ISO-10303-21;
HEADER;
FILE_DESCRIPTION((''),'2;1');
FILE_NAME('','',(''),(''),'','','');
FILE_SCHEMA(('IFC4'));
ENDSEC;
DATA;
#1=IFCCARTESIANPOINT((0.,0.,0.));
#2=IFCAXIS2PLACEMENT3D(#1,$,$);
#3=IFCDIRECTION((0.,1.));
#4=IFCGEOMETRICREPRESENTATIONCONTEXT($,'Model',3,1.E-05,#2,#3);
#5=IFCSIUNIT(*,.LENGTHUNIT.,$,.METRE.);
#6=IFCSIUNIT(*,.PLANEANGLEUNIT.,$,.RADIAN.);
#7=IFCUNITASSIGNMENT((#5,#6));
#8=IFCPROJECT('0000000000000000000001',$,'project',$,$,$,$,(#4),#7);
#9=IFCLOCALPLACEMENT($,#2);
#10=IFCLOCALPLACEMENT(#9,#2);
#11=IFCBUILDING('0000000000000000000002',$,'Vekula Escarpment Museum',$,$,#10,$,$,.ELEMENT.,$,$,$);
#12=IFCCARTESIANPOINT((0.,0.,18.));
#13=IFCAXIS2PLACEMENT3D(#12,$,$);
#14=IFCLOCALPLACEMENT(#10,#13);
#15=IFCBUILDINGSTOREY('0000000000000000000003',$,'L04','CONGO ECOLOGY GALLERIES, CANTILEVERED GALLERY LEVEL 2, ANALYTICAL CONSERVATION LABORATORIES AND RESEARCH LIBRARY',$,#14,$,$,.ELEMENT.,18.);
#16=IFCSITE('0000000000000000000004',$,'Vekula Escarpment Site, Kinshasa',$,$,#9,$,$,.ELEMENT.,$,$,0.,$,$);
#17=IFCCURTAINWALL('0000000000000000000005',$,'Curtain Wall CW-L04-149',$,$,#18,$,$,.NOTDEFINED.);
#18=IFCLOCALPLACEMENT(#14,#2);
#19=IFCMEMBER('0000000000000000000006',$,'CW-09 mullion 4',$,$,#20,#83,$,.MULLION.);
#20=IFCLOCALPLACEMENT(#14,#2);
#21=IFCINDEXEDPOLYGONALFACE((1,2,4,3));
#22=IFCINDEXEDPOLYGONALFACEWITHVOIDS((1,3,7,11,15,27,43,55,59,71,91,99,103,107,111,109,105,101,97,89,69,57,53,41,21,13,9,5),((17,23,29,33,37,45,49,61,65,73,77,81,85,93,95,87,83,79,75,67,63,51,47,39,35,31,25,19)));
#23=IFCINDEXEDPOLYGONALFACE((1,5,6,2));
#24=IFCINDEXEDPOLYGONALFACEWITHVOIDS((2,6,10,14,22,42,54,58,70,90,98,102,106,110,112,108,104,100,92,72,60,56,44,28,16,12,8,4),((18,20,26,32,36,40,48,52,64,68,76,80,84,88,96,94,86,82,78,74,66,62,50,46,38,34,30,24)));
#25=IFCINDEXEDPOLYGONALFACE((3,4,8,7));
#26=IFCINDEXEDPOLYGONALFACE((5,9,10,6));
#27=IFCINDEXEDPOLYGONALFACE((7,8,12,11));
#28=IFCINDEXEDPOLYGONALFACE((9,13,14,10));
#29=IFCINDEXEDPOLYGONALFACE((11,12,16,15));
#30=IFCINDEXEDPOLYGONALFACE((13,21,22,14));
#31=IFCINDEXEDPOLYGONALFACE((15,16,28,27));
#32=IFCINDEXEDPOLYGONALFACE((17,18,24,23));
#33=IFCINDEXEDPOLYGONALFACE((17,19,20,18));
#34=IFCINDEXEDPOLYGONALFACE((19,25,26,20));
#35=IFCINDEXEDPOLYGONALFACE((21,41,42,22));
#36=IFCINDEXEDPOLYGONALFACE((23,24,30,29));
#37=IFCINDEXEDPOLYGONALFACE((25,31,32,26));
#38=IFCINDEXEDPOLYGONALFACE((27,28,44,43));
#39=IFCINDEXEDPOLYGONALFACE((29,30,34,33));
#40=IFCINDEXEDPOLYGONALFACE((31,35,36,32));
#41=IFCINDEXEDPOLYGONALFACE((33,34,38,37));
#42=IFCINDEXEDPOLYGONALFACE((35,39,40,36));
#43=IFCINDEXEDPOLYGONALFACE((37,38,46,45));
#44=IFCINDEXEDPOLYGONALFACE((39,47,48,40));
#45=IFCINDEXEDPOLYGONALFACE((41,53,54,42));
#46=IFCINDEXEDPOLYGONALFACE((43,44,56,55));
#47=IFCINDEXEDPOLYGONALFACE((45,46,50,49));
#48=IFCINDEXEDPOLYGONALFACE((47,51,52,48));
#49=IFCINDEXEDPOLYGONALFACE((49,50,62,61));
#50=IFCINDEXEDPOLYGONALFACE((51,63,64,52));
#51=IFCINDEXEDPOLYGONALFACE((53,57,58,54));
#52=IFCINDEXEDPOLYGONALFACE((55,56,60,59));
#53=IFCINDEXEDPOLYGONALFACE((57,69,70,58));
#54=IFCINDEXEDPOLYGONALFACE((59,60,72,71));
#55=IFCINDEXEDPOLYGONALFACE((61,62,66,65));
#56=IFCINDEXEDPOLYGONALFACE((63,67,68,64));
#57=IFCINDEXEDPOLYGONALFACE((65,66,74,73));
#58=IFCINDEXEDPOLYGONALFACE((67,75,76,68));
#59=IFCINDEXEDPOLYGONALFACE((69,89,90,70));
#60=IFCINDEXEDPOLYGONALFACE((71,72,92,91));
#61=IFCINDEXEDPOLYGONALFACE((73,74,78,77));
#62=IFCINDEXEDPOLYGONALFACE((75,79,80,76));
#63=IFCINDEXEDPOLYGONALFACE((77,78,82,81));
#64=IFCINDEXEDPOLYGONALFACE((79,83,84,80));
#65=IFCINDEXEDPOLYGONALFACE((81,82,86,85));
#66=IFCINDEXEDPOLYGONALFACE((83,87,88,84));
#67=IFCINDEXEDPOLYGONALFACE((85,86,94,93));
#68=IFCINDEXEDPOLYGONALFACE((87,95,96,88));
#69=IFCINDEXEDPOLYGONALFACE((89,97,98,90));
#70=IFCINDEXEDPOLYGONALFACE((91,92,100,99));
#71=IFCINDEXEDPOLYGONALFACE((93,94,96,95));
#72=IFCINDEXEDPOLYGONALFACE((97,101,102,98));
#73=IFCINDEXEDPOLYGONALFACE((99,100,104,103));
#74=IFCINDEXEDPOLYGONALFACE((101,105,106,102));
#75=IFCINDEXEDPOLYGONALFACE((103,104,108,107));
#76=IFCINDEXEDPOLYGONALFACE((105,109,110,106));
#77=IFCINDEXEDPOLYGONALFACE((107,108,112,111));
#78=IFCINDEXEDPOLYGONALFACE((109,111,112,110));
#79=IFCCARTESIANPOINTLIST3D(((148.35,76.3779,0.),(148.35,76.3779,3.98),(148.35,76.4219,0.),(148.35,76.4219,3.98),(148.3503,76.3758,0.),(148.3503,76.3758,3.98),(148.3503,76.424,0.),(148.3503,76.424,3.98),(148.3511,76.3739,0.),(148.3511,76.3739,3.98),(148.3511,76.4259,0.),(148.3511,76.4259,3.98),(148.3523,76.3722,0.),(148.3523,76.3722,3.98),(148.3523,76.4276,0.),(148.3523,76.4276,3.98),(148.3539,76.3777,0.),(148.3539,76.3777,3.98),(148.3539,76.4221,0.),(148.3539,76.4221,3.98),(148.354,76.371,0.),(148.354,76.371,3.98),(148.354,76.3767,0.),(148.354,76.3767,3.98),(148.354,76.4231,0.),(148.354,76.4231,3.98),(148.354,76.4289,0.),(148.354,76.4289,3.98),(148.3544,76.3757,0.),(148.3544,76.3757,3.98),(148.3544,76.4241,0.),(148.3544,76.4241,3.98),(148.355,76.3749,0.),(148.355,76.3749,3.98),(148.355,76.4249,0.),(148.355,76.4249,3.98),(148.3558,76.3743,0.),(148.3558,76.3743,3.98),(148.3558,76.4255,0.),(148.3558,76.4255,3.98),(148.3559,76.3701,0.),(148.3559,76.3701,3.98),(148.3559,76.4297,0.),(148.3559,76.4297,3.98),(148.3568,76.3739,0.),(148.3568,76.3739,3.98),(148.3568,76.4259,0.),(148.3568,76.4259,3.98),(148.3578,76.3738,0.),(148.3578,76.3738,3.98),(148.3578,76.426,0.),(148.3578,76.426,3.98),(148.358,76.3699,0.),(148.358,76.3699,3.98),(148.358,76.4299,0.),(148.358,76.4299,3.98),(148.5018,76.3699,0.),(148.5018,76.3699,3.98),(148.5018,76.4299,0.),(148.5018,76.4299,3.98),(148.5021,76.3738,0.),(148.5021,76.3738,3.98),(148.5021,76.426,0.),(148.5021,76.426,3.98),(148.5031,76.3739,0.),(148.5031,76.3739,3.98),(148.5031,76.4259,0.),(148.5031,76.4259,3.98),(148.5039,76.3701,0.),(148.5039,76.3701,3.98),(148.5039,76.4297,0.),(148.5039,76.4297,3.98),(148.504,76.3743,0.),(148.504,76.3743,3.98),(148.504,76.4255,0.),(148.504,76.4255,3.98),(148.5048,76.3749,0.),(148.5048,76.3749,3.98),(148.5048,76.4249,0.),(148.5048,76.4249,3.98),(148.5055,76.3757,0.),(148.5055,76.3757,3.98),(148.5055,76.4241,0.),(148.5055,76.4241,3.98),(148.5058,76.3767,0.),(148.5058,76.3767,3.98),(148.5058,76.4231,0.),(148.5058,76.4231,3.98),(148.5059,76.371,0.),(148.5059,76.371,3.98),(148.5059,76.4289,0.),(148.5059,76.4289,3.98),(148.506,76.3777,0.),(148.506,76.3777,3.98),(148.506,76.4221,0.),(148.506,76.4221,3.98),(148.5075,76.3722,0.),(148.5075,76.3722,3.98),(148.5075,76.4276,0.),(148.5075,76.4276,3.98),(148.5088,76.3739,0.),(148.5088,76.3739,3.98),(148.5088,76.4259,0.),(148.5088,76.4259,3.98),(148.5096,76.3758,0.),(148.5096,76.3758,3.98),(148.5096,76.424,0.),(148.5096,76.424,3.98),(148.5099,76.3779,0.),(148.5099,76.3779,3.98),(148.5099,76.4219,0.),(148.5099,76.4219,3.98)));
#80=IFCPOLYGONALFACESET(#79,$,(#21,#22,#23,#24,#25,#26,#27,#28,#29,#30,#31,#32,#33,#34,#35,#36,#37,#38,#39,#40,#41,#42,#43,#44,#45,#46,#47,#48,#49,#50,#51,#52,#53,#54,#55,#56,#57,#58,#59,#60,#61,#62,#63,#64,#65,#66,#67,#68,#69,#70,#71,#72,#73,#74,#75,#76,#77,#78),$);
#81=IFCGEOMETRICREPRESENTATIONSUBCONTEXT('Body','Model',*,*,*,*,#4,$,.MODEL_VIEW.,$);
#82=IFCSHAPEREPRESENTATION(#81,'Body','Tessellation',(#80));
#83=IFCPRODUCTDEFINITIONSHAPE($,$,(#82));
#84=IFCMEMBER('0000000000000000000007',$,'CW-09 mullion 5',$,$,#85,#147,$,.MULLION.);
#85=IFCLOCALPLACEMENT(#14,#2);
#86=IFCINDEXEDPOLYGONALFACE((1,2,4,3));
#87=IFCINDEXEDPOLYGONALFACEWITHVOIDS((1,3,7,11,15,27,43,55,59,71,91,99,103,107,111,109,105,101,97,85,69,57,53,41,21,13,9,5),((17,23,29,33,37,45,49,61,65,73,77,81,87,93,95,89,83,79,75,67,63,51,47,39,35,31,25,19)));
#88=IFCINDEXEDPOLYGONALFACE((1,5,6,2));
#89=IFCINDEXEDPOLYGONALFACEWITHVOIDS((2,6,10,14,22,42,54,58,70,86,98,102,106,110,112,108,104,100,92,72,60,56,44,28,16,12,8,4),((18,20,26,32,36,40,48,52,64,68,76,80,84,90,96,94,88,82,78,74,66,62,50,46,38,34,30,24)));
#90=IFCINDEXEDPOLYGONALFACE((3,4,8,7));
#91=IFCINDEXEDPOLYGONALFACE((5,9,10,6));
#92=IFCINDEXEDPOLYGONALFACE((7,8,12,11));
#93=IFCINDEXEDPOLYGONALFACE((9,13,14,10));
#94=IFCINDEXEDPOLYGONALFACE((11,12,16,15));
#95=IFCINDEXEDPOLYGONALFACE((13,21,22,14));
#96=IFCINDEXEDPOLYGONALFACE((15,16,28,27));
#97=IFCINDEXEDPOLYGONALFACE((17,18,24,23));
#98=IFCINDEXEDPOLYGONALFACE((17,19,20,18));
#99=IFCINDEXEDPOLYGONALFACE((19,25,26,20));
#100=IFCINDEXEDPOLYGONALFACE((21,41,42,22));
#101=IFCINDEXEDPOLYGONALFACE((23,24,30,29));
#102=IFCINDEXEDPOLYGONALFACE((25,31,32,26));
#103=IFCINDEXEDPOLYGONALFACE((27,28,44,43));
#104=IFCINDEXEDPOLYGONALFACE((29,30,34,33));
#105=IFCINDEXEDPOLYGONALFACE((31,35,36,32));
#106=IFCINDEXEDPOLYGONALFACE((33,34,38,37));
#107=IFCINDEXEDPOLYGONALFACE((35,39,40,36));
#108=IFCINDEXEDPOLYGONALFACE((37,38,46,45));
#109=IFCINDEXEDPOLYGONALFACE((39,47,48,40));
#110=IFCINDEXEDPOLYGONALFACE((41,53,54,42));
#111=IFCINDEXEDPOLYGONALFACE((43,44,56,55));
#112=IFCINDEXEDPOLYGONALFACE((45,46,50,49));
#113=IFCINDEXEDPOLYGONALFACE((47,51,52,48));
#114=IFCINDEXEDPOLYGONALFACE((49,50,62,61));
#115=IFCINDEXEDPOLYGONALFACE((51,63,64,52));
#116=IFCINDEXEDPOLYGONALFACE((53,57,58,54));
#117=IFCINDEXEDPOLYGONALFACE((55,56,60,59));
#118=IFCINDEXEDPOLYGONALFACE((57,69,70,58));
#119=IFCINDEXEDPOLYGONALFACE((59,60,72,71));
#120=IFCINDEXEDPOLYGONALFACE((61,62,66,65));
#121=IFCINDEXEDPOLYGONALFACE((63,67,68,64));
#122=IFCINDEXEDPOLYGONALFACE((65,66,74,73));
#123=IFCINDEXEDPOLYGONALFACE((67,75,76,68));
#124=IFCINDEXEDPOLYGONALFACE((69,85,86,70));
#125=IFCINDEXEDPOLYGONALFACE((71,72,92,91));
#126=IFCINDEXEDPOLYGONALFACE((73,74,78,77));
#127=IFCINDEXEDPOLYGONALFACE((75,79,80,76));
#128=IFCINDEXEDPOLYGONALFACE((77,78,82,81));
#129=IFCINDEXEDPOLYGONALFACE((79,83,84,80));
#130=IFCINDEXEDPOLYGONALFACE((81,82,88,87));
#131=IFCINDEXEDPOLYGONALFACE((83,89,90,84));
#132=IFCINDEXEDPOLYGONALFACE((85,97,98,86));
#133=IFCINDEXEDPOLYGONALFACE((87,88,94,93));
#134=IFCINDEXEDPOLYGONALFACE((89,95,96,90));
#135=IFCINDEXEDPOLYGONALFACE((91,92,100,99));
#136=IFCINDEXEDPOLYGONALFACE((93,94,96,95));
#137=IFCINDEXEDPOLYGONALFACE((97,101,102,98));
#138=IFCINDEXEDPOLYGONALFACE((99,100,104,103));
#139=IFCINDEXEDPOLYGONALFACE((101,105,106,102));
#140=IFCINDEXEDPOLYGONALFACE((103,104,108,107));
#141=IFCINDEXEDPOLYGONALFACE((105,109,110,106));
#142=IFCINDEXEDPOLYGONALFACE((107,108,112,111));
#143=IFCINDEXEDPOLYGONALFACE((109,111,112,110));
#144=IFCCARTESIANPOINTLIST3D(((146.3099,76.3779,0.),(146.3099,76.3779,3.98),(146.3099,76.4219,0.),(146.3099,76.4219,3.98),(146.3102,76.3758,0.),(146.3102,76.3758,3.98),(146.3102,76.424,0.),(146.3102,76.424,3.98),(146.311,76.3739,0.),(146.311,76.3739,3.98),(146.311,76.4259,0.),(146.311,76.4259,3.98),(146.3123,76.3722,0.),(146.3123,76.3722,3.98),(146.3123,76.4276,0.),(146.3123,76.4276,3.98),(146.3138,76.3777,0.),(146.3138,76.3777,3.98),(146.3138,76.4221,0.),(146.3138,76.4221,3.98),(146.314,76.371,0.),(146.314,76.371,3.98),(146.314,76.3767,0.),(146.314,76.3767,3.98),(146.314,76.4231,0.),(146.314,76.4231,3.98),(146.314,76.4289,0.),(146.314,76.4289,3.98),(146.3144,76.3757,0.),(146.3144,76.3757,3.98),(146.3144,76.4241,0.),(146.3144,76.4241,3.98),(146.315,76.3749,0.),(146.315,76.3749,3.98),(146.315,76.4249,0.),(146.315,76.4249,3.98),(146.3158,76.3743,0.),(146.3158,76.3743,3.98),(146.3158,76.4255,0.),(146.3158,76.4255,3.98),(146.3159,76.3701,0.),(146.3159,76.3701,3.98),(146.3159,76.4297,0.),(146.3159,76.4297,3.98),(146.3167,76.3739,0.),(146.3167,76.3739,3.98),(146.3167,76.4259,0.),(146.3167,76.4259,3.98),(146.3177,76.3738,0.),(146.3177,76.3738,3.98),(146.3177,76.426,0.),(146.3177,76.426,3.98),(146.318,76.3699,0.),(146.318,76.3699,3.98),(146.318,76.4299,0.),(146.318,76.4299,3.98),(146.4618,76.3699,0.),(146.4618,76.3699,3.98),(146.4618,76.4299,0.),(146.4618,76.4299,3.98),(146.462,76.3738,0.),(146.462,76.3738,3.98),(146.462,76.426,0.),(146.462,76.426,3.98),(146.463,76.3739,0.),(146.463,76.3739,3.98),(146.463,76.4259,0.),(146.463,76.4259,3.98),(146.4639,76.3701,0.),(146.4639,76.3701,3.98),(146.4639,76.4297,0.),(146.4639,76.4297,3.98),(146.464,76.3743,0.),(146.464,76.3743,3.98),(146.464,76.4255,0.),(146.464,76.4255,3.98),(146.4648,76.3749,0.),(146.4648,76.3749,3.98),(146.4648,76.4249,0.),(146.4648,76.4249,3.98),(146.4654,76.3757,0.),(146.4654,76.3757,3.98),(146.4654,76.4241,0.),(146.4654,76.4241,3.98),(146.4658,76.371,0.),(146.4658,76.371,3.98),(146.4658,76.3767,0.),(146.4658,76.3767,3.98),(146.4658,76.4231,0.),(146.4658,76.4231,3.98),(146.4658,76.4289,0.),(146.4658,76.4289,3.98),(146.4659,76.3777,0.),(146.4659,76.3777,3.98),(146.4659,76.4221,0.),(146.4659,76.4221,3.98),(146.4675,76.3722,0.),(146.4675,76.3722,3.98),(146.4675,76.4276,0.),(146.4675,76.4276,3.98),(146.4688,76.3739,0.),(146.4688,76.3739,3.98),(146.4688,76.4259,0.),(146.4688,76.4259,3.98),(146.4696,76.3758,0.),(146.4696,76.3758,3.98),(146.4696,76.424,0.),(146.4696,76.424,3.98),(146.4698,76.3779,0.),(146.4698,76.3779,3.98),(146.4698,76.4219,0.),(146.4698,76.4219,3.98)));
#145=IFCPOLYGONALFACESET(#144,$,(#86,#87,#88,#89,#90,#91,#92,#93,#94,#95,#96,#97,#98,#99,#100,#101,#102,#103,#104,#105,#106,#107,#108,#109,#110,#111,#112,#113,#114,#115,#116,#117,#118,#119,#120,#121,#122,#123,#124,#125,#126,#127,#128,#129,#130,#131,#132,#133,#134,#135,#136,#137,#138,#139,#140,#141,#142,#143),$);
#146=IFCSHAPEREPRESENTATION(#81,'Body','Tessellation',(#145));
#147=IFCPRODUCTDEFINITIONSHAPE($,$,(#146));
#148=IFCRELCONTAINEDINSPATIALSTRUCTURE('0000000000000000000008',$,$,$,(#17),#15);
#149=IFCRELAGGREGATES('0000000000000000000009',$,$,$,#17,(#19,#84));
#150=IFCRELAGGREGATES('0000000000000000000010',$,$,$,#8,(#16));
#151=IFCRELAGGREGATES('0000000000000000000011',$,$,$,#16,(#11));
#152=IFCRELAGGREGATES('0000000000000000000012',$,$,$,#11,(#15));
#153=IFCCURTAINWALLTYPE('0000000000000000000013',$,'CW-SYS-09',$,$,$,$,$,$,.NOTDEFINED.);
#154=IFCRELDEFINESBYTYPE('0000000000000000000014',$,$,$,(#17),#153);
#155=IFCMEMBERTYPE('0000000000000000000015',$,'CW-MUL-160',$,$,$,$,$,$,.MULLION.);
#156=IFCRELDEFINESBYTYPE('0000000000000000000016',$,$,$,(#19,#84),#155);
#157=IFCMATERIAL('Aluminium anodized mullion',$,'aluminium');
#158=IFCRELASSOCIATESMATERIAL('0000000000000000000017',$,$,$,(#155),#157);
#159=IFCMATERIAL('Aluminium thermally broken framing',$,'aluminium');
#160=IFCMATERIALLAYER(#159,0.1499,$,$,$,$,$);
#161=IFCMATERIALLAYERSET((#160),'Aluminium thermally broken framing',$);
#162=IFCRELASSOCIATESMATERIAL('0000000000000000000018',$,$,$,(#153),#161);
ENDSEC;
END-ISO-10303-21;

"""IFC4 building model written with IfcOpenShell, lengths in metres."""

from ifc_helpers import new_model, si_unit, direction, frame, origin, origin_2d, place, context, subcontext, project, spatial, hollow_rectangle, extrude, material, layer, layer_set, material_profile, profile_set, type_object, element, aggregate, save


model = new_model("IFC4")

# Units and contexts
model_context = context("Model", 3, precision=1e-05, world=origin(), true_north=direction((0.0, 1.0)))
body_context = subcontext(model_context, "Body", "Model", "MODEL_VIEW")
ifc_project = project(units=[si_unit("LENGTHUNIT", "METRE"), si_unit("PLANEANGLEUNIT", "RADIAN")], contexts=[model_context])

# Site, building, storey
site_placement = place(None, origin())
site = spatial("IfcSite", under=ifc_project, at=site_placement, Name="Vekula Escarpment Site, Kinshasa", CompositionType="ELEMENT", RefElevation=0.0)
building_placement = place(site_placement, origin())
building = spatial("IfcBuilding", under=site, at=building_placement, Name="Vekula Escarpment Museum", CompositionType="ELEMENT")
storey_placement = place(building_placement, frame((0.0, 0.0, 18.0)))
storey = spatial("IfcBuildingStorey", under=building, at=storey_placement, Name="L04", Description="CONGO ECOLOGY GALLERIES, CANTILEVERED GALLERY LEVEL 2, ANALYTICAL CONSERVATION LABORATORIES AND RESEARCH LIBRARY", CompositionType="ELEMENT", Elevation=18.0)

# Curtain wall, members
ifc_material_1 = material(Name="Aluminium anodized mullion", Category="aluminium")
ifc_material_profile_1 = material_profile(ifc_material_1, hollow_rectangle(XDim=0.0601, YDim=0.1599, WallThickness=0.0039, InnerFilletRadius=0.0039, OuterFilletRadius=0.0081, at=origin_2d()), Name="ALU 160x60x4")
ifc_profile_set_1 = profile_set([ifc_material_profile_1], Name="Aluminium anodized mullion")
member_type_1 = type_object("IfcMemberType", Name="CW-MUL-160", PredefinedType="MULLION", material=ifc_profile_set_1)
ifc_material_2 = material(Name="Aluminium thermally broken framing", Category="aluminium")
ifc_layer_1 = layer(ifc_material_2, 0.1499)
ifc_layer_set_1 = layer_set([ifc_layer_1], Name="Aluminium thermally broken framing")
curtain_wall_type_1 = type_object("IfcCurtainWallType", Name="CW-SYS-09", PredefinedType="NOTDEFINED", material=ifc_layer_set_1)
curtain_wall_1_placement = place(storey_placement, origin())
curtain_wall_1 = element("IfcCurtainWall", 1, at=curtain_wall_1_placement, inside=storey, type_object=curtain_wall_type_1, Name="Curtain Wall CW-L04-149", PredefinedType="NOTDEFINED")
member_1_placement = place(storey_placement, frame((148.4299, 76.3999, 0.0), z_axis=(0.0, 0.0, 1.0), x_axis=(0.0, -1.0, 0.0)))
member_1 = element("IfcMember", 2, at=member_1_placement, type_object=member_type_1, Name="CW-09 mullion 4", PredefinedType="MULLION", context=body_context, shape_type="SweptSolid", body=[
    extrude(hollow_rectangle(XDim=0.0601, YDim=0.1599, WallThickness=0.0039, InnerFilletRadius=0.0039, OuterFilletRadius=0.0081, at=origin_2d()), origin(), (0.0, 0.0, 1.0), 3.98),
])
member_2_placement = place(storey_placement, frame((146.3899, 76.3999, 0.0), z_axis=(0.0, 0.0, 1.0), x_axis=(0.0, -1.0, 0.0)))
member_2 = element("IfcMember", 3, at=member_2_placement, type_object=member_type_1, Name="CW-09 mullion 5", PredefinedType="MULLION", context=body_context, shape_type="SweptSolid", body=[
    extrude(hollow_rectangle(XDim=0.0601, YDim=0.1599, WallThickness=0.0039, InnerFilletRadius=0.0039, OuterFilletRadius=0.0081, at=origin_2d()), origin(), (0.0, 0.0, 1.0), 3.98),
])

aggregate(curtain_wall_1, [member_1, member_2])

save(model, "model.ifc")
